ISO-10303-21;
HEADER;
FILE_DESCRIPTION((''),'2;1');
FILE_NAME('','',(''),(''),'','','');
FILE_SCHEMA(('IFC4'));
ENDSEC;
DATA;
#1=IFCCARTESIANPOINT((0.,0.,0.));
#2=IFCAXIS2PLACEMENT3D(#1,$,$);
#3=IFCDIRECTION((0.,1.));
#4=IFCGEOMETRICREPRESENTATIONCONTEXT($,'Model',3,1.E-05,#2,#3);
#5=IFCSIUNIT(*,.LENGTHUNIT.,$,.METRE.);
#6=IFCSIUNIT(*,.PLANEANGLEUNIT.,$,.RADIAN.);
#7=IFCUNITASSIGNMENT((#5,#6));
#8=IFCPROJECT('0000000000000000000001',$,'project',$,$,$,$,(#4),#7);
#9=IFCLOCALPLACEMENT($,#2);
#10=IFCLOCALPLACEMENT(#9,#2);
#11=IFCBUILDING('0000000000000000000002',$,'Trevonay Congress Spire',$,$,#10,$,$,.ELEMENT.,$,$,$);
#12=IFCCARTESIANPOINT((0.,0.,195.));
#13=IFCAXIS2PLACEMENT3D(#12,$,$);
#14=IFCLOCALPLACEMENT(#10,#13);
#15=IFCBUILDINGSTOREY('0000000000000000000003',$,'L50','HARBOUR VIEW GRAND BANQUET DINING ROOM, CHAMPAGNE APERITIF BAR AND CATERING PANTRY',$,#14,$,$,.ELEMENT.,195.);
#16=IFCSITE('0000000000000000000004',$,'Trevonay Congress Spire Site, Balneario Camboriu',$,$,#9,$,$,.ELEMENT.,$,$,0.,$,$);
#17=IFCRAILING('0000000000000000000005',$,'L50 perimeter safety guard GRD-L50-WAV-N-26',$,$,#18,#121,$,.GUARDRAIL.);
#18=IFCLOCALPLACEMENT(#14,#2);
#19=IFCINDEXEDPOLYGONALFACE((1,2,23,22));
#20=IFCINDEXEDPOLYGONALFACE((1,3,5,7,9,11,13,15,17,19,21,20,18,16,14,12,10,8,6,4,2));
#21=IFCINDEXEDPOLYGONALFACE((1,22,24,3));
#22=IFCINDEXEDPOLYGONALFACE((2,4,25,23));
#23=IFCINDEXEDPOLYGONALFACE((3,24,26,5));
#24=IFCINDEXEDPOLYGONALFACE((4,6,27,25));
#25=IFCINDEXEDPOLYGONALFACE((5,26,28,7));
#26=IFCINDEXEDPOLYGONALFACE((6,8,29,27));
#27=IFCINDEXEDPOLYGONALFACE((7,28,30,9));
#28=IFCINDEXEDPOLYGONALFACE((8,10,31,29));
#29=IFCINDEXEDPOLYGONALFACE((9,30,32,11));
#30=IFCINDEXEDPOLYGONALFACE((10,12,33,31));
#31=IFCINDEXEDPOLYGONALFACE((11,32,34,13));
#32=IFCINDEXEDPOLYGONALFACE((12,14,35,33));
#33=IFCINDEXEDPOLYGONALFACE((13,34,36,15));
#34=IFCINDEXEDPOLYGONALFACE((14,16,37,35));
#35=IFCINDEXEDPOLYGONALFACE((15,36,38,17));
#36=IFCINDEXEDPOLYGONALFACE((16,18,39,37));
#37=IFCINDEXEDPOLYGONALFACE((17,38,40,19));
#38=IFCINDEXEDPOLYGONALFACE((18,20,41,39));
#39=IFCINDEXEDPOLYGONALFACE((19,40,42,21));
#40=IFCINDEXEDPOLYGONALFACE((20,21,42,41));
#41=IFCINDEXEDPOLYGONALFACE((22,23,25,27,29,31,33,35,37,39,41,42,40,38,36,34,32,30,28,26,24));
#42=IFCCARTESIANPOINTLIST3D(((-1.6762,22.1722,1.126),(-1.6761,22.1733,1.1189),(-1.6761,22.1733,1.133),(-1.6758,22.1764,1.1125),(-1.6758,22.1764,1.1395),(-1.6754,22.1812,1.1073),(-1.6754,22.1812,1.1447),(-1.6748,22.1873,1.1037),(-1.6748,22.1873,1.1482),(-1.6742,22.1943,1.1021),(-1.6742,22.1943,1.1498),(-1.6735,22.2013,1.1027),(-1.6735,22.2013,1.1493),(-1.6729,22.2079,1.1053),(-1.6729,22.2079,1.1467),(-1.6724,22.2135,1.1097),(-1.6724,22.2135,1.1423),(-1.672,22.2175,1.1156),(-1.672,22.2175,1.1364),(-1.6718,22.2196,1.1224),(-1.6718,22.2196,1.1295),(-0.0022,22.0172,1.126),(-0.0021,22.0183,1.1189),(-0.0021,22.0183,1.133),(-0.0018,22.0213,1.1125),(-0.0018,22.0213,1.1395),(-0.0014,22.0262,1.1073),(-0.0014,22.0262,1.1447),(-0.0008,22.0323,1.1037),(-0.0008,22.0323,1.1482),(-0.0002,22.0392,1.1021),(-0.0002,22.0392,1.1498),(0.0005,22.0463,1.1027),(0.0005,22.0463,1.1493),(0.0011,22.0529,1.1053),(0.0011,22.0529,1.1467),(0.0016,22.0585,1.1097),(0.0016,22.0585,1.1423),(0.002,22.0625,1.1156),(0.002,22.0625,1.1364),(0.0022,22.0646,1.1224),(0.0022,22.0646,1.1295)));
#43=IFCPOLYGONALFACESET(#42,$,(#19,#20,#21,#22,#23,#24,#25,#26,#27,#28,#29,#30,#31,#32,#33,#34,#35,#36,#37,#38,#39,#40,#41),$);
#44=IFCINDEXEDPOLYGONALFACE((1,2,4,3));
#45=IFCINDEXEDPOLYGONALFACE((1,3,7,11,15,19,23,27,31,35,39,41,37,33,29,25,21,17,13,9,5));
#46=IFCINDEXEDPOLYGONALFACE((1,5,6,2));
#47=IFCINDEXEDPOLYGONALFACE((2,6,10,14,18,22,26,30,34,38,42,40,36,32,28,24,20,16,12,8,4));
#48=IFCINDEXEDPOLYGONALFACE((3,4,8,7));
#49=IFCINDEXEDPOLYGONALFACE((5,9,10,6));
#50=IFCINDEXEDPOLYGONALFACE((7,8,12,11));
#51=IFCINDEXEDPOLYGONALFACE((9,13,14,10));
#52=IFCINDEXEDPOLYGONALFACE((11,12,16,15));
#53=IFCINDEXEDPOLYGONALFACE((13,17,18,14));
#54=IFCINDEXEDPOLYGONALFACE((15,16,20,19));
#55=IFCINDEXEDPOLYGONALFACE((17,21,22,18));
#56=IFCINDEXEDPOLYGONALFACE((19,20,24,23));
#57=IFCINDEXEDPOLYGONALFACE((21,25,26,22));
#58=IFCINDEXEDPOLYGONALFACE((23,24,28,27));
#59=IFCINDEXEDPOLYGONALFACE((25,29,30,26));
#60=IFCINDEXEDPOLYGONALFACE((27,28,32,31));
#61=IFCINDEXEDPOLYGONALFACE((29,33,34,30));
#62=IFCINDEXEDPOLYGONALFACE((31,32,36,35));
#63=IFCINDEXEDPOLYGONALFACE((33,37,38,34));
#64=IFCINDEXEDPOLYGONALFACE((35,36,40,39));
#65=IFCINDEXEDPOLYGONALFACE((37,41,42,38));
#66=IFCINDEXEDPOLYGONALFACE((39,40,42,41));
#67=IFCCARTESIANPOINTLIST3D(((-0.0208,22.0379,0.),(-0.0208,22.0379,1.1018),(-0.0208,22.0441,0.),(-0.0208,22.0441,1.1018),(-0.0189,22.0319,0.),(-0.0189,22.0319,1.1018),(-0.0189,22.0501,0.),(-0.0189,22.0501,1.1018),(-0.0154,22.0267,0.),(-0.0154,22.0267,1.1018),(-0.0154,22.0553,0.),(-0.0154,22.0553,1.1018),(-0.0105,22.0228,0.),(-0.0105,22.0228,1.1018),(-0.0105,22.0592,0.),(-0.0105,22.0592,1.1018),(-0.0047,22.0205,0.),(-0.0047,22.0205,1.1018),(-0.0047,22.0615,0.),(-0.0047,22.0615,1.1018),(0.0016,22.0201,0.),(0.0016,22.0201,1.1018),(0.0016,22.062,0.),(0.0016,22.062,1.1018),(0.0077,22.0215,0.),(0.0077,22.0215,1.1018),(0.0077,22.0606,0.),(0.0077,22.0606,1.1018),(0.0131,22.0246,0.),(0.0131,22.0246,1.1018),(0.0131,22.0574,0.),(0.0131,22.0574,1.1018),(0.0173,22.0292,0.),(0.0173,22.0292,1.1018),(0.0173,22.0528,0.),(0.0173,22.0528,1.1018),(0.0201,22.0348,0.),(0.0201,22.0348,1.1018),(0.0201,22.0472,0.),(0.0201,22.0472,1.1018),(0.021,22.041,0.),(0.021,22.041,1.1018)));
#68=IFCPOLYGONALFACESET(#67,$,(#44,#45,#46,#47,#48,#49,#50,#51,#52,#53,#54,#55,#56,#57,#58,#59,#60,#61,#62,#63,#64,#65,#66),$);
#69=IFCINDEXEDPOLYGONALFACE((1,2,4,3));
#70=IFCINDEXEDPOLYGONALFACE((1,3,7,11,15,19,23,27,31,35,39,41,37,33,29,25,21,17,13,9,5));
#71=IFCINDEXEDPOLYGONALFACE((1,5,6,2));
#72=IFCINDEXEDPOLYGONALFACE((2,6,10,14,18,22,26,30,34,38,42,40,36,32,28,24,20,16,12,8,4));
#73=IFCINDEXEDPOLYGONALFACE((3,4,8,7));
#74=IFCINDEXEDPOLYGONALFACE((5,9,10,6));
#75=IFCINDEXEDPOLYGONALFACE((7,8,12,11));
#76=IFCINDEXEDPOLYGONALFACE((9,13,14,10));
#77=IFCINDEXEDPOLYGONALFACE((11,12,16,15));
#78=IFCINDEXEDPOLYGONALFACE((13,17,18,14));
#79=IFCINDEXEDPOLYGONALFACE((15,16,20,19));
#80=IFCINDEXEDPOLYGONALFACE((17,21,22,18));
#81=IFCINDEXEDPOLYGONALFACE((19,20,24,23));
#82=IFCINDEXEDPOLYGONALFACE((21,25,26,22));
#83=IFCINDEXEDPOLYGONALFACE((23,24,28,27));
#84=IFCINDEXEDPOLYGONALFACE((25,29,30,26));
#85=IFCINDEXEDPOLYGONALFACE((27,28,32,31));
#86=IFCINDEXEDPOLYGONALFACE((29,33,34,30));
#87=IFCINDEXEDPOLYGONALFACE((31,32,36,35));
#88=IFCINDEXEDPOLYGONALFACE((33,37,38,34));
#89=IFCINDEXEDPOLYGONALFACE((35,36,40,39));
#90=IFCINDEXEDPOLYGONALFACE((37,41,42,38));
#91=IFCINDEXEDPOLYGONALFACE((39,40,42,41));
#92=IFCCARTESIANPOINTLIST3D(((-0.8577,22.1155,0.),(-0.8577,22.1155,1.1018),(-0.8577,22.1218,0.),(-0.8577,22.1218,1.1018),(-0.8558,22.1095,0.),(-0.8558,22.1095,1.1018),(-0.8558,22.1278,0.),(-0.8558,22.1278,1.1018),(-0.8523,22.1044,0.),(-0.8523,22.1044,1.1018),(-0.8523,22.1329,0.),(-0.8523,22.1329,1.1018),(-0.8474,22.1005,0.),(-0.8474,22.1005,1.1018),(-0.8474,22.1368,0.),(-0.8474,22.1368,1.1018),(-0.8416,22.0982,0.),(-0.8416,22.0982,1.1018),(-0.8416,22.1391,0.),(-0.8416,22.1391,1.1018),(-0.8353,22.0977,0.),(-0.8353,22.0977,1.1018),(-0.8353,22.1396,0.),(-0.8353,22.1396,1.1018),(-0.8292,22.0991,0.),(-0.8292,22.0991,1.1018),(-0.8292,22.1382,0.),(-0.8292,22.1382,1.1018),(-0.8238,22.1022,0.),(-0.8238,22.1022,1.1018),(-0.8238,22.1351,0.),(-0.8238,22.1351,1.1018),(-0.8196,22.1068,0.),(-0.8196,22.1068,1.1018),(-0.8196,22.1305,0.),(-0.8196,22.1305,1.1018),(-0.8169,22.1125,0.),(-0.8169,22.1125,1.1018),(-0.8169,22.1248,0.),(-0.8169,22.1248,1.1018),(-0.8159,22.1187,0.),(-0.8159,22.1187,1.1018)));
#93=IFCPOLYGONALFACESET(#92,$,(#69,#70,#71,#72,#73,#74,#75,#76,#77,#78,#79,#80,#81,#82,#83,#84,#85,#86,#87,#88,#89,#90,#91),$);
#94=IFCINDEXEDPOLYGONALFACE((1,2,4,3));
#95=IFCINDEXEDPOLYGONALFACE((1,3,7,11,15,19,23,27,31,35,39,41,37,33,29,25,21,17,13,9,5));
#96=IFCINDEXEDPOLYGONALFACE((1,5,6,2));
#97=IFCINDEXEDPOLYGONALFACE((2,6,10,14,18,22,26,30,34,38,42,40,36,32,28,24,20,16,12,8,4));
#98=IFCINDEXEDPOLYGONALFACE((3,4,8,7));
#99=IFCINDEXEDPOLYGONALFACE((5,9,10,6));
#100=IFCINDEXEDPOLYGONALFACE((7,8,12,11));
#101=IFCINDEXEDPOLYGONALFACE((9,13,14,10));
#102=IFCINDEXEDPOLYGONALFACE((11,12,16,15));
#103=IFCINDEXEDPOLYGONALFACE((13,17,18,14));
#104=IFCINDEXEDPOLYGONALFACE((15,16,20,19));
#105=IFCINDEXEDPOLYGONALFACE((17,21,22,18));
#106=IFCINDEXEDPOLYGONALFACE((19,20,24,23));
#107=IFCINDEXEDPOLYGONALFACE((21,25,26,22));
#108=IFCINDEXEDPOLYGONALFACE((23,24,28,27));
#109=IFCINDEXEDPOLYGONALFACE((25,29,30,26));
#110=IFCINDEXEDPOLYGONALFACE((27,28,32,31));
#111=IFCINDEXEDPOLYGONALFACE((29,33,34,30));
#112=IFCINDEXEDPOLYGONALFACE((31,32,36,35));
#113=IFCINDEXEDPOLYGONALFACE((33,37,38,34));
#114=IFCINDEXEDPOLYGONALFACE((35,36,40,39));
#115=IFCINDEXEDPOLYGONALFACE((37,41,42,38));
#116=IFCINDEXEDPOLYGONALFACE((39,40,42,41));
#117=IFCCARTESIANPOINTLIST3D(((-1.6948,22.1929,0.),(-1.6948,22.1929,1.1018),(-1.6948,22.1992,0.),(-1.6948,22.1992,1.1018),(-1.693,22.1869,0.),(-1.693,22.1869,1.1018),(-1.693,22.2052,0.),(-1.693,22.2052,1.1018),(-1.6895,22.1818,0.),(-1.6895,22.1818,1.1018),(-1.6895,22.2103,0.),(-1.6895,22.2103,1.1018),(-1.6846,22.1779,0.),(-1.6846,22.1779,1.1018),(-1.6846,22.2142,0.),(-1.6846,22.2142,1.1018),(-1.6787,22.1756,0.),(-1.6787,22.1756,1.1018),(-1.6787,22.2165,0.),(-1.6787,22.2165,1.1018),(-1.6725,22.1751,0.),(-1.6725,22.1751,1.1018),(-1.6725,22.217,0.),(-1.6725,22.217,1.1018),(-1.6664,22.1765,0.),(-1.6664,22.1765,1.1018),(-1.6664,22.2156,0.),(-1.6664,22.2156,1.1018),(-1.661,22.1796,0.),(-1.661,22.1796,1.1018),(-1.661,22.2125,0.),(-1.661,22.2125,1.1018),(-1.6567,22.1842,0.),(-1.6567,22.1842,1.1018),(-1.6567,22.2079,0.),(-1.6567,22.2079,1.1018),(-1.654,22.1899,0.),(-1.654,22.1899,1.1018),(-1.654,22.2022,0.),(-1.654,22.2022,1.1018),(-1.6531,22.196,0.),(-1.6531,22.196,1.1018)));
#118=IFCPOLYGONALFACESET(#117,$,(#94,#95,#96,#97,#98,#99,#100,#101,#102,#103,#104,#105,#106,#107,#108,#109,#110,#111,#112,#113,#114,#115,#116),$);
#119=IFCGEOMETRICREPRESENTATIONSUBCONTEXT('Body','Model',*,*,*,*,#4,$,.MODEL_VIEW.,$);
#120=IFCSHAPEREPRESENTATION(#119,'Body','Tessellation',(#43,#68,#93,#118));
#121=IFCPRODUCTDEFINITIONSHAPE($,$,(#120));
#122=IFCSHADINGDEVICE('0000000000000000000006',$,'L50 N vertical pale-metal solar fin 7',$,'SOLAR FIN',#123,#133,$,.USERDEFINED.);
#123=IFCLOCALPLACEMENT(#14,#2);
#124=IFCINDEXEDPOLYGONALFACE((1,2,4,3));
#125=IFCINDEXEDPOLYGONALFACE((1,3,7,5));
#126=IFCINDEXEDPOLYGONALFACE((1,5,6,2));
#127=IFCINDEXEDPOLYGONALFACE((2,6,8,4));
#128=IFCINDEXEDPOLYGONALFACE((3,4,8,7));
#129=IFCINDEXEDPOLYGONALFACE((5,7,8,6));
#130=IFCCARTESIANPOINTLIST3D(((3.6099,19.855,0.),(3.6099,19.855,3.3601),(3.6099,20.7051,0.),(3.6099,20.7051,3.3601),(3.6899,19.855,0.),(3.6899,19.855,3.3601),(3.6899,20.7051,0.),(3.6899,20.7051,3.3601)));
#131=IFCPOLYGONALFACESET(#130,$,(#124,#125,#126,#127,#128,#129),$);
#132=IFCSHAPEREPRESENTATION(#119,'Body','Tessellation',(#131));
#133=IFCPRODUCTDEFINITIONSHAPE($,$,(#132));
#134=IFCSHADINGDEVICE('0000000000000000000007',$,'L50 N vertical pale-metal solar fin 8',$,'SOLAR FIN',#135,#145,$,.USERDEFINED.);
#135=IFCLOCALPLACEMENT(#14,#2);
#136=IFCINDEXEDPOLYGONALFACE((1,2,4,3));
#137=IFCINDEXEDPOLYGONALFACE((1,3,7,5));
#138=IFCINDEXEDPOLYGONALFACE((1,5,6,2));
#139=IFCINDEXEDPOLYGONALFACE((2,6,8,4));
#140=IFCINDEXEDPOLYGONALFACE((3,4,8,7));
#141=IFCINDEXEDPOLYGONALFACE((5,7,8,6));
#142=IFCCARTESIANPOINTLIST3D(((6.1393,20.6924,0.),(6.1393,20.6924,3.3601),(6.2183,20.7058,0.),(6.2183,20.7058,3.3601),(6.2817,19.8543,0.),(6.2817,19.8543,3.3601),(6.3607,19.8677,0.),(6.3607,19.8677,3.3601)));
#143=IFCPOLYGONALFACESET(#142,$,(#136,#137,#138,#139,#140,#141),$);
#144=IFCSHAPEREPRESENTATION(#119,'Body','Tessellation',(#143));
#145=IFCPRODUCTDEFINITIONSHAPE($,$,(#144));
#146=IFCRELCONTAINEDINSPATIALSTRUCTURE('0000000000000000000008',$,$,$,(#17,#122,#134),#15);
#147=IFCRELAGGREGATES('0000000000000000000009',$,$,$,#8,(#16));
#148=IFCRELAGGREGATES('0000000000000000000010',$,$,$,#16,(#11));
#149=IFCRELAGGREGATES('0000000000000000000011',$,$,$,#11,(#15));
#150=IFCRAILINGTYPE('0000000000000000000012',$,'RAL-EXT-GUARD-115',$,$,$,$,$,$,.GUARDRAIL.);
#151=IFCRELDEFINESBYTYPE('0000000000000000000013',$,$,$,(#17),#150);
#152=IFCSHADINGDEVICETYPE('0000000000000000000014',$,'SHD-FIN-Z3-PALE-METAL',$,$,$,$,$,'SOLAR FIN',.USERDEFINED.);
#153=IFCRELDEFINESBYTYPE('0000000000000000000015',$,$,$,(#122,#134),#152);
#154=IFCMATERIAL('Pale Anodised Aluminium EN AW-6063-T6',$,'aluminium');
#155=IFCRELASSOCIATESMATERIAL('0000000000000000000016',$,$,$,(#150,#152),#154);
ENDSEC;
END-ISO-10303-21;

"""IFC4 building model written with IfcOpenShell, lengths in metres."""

from ifc_helpers import new_model, si_unit, direction, frame, origin, origin_2d, place, context, subcontext, project, spatial, rectangle, circle, extrude, material, type_object, element, save


model = new_model("IFC4")

# Units and contexts
model_context = context("Model", 3, precision=1e-05, world=origin(), true_north=direction((0.0, 1.0)))
body_context = subcontext(model_context, "Body", "Model", "MODEL_VIEW")
ifc_project = project(units=[si_unit("LENGTHUNIT", "METRE"), si_unit("PLANEANGLEUNIT", "RADIAN")], contexts=[model_context])

# Site, building, storey
site_placement = place(None, origin())
site = spatial("IfcSite", under=ifc_project, at=site_placement, Name="Trevonay Congress Spire Site, Balneario Camboriu", CompositionType="ELEMENT", RefElevation=0.0)
building_placement = place(site_placement, origin())
building = spatial("IfcBuilding", under=site, at=building_placement, Name="Trevonay Congress Spire", CompositionType="ELEMENT")
storey_placement = place(building_placement, frame((0.0, 0.0, 195.0)))
storey = spatial("IfcBuildingStorey", under=building, at=storey_placement, Name="L50", Description="HARBOUR VIEW GRAND BANQUET DINING ROOM, CHAMPAGNE APERITIF BAR AND CATERING PANTRY", CompositionType="ELEMENT", Elevation=195.0)

# Shared definitions
ifc_material_1 = material(Name="Pale Anodised Aluminium EN AW-6063-T6", Category="aluminium")

# Railing
railing_type = type_object("IfcRailingType", Name="RAL-EXT-GUARD-115", PredefinedType="GUARDRAIL", material=ifc_material_1)
railing_1_placement = place(storey_placement, frame((0.0, 22.041, 0.0)))
element("IfcRailing", 1, at=railing_1_placement, inside=storey, type_object=railing_type, Name="L50 perimeter safety guard GRD-L50-WAV-N-26", PredefinedType="GUARDRAIL", context=body_context, shape_type="SweptSolid", body=[
    extrude(circle(Radius=0.0239, at=origin_2d()), frame((0.0, 0.0, 1.126), z_axis=(-0.995739, 0.092212, 0.0), x_axis=(-0.092212, -0.995739, 0.0)), (0.0, 0.0, 1.0), 1.6812),
    extrude(circle(Radius=0.021, at=origin_2d()), origin(), (0.0, 0.0, 1.0), 1.1018),
    extrude(circle(Radius=0.021, at=origin_2d()), frame((-0.8369, 0.0776, 0.0)), (0.0, 0.0, 1.0), 1.1018),
    extrude(circle(Radius=0.021, at=origin_2d()), frame((-1.6741, 0.155, 0.0)), (0.0, 0.0, 1.0), 1.1018),
])

# Shading devices
shading_device_type = type_object("IfcShadingDeviceType", Name="SHD-FIN-Z3-PALE-METAL", ElementType="SOLAR FIN", PredefinedType="USERDEFINED", material=ifc_material_1)
for number, where, z_axis, x_axis, name in (
    (2, (3.6499, 20.28, 0.0), (0.0, 0.0, 1.0), (1.0, 0.0, 0.0), "L50 N vertical pale-metal solar fin 7"),
    (3, (6.25, 20.28, 0.0), (0.0, 0.0, 1.0), (0.985879, 0.167457, 0.0), "L50 N vertical pale-metal solar fin 8"),
):
    element("IfcShadingDevice", number, at=place(storey_placement, frame(where, z_axis=z_axis, x_axis=x_axis)), inside=storey, type_object=shading_device_type, Name=name, ObjectType="SOLAR FIN", PredefinedType="USERDEFINED", context=body_context, shape_type="SweptSolid", body=[
        extrude(rectangle(XDim=0.0801, YDim=0.8501, at=origin_2d()), origin(), (0.0, 0.0, 1.0), 3.3601),
    ])

save(model, "model.ifc")
